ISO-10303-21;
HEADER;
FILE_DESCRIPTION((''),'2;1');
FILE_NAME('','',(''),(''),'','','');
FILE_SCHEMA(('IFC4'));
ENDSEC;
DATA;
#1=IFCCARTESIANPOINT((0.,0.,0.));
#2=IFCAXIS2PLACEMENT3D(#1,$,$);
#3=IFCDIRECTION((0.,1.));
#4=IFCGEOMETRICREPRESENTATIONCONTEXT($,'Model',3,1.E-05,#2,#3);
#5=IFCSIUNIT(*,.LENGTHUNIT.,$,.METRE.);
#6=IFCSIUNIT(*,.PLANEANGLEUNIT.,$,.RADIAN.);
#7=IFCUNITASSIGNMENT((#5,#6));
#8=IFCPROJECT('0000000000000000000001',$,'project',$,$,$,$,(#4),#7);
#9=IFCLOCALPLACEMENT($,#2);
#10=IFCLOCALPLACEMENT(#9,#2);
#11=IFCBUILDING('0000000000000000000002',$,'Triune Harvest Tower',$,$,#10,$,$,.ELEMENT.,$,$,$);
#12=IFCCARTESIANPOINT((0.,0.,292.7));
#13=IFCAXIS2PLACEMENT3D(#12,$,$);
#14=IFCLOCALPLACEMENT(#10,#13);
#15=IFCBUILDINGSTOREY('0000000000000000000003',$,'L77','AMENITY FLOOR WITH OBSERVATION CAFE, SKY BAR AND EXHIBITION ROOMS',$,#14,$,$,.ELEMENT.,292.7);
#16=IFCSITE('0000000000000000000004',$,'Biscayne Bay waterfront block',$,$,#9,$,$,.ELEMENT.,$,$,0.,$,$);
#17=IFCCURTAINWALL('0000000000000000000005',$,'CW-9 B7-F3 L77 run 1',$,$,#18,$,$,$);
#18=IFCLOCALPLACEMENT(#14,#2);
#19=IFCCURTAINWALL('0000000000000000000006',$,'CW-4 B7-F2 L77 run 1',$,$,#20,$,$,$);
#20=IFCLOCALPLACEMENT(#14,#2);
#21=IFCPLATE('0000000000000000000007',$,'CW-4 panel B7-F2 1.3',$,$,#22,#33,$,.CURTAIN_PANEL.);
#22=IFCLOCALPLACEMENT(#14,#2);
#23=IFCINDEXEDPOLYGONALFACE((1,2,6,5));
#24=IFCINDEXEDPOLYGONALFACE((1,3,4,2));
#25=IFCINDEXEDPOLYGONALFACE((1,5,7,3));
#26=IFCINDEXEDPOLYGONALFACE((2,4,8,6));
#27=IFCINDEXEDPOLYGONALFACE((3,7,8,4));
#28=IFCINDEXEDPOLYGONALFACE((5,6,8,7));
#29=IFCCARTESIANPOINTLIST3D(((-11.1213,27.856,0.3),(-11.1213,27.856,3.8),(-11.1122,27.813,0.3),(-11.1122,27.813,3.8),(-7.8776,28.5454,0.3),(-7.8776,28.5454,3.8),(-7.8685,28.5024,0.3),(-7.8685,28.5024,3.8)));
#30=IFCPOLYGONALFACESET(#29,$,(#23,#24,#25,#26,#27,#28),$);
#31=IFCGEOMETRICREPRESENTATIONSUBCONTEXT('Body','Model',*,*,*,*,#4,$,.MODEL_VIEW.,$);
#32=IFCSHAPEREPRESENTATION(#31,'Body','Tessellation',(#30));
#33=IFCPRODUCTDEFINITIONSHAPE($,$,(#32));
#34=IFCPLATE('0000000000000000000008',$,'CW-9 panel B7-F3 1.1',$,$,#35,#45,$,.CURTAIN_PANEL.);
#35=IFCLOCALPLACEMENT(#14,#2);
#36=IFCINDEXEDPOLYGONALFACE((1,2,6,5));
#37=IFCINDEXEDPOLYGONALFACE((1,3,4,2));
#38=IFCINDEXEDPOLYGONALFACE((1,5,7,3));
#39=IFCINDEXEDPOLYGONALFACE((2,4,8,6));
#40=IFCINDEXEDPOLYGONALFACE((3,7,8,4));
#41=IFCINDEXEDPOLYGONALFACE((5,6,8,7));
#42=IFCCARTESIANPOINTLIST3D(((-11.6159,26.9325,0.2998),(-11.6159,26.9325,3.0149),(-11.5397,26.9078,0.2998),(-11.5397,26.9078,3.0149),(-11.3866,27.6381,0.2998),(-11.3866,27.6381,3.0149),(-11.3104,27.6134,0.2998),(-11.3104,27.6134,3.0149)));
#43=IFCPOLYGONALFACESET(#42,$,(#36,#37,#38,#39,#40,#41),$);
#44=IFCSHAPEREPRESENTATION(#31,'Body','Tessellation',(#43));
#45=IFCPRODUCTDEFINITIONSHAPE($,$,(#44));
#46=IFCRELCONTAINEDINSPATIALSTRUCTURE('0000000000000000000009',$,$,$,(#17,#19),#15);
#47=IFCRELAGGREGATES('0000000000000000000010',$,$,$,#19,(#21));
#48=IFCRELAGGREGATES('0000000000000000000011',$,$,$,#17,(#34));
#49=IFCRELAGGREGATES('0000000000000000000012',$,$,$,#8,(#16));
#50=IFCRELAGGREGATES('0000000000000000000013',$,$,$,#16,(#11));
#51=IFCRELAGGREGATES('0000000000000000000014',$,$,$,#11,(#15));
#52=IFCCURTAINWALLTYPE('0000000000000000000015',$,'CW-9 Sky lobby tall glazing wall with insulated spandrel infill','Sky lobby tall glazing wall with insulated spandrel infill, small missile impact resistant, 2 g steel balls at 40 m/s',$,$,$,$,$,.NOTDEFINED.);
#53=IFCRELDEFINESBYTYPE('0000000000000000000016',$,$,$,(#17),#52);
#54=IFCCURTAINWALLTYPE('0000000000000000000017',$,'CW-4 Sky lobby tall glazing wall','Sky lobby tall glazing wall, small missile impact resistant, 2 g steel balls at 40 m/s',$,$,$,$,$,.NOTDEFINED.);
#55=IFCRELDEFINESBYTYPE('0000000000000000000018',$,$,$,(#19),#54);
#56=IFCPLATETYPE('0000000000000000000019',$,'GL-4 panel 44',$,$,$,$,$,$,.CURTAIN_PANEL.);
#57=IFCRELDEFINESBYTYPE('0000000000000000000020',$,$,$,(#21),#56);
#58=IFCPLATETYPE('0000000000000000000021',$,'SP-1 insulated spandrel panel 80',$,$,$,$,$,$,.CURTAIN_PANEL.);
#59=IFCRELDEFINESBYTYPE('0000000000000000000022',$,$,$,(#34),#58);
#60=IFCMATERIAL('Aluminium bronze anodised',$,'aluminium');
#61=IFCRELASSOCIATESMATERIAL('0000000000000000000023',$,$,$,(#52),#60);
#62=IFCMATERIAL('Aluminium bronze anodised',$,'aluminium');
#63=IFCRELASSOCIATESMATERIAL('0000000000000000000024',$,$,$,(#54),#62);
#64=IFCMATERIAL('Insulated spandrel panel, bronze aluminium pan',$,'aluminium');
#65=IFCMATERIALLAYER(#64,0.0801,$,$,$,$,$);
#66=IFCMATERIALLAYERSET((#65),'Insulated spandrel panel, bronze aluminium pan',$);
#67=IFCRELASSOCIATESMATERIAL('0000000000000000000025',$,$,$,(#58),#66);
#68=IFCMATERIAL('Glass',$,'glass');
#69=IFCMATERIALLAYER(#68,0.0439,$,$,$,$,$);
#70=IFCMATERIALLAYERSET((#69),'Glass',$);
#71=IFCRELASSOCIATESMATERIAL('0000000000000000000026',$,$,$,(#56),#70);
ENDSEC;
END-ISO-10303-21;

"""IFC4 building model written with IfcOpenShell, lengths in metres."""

from ifc_helpers import new_model, si_unit, direction, frame, origin, origin_2d, place, context, subcontext, project, spatial, rectangle, extrude, source, transform, mapped, material, layer, layer_set, type_object, element, aggregate, save


model = new_model("IFC4")

# Units and contexts
model_context = context("Model", 3, precision=1e-05, world=origin(), true_north=direction((0.0, 1.0)))
body_context = subcontext(model_context, "Body", "Model", "MODEL_VIEW")
ifc_project = project(units=[si_unit("LENGTHUNIT", "METRE"), si_unit("PLANEANGLEUNIT", "RADIAN")], contexts=[model_context])

# Site, building, storey
site_placement = place(None, origin())
site = spatial("IfcSite", under=ifc_project, at=site_placement, Name="Biscayne Bay waterfront block", CompositionType="ELEMENT", RefElevation=0.0)
building_placement = place(site_placement, origin())
building = spatial("IfcBuilding", under=site, at=building_placement, Name="Triune Harvest Tower", CompositionType="ELEMENT")
storey_placement = place(building_placement, frame((0.0, 0.0, 292.7)))
storey = spatial("IfcBuildingStorey", under=building, at=storey_placement, Name="L77", Description="AMENITY FLOOR WITH OBSERVATION CAFE, SKY BAR AND EXHIBITION ROOMS", CompositionType="ELEMENT", Elevation=292.7)

# Curtain wall
ifc_material_1 = material(Name="Aluminium bronze anodised", Category="aluminium")
curtain_wall_type_1 = type_object("IfcCurtainWallType", Name="CW-9 Sky lobby tall glazing wall with insulated spandrel infill", Description="Sky lobby tall glazing wall with insulated spandrel infill, small missile impact resistant, 2 g steel balls at 40 m/s", PredefinedType="NOTDEFINED", material=ifc_material_1)
curtain_wall_1_placement = place(storey_placement, origin())
curtain_wall_1 = element("IfcCurtainWall", 1, at=curtain_wall_1_placement, inside=storey, type_object=curtain_wall_type_1, Name="CW-9 B7-F3 L77 run 1")

# Curtain wall
ifc_material_2 = material(Name="Aluminium bronze anodised", Category="aluminium")
curtain_wall_type_2 = type_object("IfcCurtainWallType", Name="CW-4 Sky lobby tall glazing wall", Description="Sky lobby tall glazing wall, small missile impact resistant, 2 g steel balls at 40 m/s", PredefinedType="NOTDEFINED", material=ifc_material_2)
curtain_wall_2_placement = place(storey_placement, origin())
curtain_wall_2 = element("IfcCurtainWall", 2, at=curtain_wall_2_placement, inside=storey, type_object=curtain_wall_type_2, Name="CW-4 B7-F2 L77 run 1")

# Plates
ifc_material_3 = material(Name="Insulated spandrel panel, bronze aluminium pan", Category="aluminium")
ifc_layer_1 = layer(ifc_material_3, 0.0801)
ifc_layer_set_1 = layer_set([ifc_layer_1], Name="Insulated spandrel panel, bronze aluminium pan")
plate_type_1 = type_object("IfcPlateType", Name="SP-1 insulated spandrel panel 80", PredefinedType="CURTAIN_PANEL", material=ifc_layer_set_1)
ifc_material_4 = material(Name="Glass", Category="glass")
ifc_layer_2 = layer(ifc_material_4, 0.0439)
ifc_layer_set_2 = layer_set([ifc_layer_2], Name="Glass")
plate_type_2 = type_object("IfcPlateType", Name="GL-4 panel 44", PredefinedType="CURTAIN_PANEL", material=ifc_layer_set_2)
shared_shape_1 = source(origin(), body_context, "Body", "SweptSolid", [
    extrude(rectangle(XDim=3.3162, YDim=0.0439, at=origin_2d()), origin(), (0.0, 0.0, 1.0), 3.5),
])
plate_1_placement = place(storey_placement, frame((-9.4949, 28.1792, 0.3), z_axis=(0.0, 0.0, 1.0), x_axis=(-0.978149, -0.207905, 0.0)))
plate_1 = element("IfcPlate", 3, at=plate_1_placement, type_object=plate_type_2, Name="CW-4 panel B7-F2 1.3", PredefinedType="CURTAIN_PANEL", context=body_context, shape_type="MappedRepresentation", body=[
    mapped(shared_shape_1, transform((0.0, 0.0, 0.0), scale=1.0)),
])
aggregate(curtain_wall_2, [plate_1])
shared_shape_2 = source(origin(), body_context, "Body", "SweptSolid", [
    extrude(rectangle(XDim=0.7419, YDim=0.0801, at=origin_2d()), origin(), (0.0, 0.0, 1.0), 2.7151),
])
plate_2_placement = place(storey_placement, frame((-11.4631, 27.2729, 0.2998), z_axis=(0.0, 0.0, 1.0), x_axis=(-0.309059, -0.951043, 0.0)))
plate_2 = element("IfcPlate", 4, at=plate_2_placement, type_object=plate_type_1, Name="CW-9 panel B7-F3 1.1", PredefinedType="CURTAIN_PANEL", context=body_context, shape_type="MappedRepresentation", body=[
    mapped(shared_shape_2, transform((0.0, 0.0, 0.0), scale=1.0)),
])
aggregate(curtain_wall_1, [plate_2])

save(model, "model.ifc")
